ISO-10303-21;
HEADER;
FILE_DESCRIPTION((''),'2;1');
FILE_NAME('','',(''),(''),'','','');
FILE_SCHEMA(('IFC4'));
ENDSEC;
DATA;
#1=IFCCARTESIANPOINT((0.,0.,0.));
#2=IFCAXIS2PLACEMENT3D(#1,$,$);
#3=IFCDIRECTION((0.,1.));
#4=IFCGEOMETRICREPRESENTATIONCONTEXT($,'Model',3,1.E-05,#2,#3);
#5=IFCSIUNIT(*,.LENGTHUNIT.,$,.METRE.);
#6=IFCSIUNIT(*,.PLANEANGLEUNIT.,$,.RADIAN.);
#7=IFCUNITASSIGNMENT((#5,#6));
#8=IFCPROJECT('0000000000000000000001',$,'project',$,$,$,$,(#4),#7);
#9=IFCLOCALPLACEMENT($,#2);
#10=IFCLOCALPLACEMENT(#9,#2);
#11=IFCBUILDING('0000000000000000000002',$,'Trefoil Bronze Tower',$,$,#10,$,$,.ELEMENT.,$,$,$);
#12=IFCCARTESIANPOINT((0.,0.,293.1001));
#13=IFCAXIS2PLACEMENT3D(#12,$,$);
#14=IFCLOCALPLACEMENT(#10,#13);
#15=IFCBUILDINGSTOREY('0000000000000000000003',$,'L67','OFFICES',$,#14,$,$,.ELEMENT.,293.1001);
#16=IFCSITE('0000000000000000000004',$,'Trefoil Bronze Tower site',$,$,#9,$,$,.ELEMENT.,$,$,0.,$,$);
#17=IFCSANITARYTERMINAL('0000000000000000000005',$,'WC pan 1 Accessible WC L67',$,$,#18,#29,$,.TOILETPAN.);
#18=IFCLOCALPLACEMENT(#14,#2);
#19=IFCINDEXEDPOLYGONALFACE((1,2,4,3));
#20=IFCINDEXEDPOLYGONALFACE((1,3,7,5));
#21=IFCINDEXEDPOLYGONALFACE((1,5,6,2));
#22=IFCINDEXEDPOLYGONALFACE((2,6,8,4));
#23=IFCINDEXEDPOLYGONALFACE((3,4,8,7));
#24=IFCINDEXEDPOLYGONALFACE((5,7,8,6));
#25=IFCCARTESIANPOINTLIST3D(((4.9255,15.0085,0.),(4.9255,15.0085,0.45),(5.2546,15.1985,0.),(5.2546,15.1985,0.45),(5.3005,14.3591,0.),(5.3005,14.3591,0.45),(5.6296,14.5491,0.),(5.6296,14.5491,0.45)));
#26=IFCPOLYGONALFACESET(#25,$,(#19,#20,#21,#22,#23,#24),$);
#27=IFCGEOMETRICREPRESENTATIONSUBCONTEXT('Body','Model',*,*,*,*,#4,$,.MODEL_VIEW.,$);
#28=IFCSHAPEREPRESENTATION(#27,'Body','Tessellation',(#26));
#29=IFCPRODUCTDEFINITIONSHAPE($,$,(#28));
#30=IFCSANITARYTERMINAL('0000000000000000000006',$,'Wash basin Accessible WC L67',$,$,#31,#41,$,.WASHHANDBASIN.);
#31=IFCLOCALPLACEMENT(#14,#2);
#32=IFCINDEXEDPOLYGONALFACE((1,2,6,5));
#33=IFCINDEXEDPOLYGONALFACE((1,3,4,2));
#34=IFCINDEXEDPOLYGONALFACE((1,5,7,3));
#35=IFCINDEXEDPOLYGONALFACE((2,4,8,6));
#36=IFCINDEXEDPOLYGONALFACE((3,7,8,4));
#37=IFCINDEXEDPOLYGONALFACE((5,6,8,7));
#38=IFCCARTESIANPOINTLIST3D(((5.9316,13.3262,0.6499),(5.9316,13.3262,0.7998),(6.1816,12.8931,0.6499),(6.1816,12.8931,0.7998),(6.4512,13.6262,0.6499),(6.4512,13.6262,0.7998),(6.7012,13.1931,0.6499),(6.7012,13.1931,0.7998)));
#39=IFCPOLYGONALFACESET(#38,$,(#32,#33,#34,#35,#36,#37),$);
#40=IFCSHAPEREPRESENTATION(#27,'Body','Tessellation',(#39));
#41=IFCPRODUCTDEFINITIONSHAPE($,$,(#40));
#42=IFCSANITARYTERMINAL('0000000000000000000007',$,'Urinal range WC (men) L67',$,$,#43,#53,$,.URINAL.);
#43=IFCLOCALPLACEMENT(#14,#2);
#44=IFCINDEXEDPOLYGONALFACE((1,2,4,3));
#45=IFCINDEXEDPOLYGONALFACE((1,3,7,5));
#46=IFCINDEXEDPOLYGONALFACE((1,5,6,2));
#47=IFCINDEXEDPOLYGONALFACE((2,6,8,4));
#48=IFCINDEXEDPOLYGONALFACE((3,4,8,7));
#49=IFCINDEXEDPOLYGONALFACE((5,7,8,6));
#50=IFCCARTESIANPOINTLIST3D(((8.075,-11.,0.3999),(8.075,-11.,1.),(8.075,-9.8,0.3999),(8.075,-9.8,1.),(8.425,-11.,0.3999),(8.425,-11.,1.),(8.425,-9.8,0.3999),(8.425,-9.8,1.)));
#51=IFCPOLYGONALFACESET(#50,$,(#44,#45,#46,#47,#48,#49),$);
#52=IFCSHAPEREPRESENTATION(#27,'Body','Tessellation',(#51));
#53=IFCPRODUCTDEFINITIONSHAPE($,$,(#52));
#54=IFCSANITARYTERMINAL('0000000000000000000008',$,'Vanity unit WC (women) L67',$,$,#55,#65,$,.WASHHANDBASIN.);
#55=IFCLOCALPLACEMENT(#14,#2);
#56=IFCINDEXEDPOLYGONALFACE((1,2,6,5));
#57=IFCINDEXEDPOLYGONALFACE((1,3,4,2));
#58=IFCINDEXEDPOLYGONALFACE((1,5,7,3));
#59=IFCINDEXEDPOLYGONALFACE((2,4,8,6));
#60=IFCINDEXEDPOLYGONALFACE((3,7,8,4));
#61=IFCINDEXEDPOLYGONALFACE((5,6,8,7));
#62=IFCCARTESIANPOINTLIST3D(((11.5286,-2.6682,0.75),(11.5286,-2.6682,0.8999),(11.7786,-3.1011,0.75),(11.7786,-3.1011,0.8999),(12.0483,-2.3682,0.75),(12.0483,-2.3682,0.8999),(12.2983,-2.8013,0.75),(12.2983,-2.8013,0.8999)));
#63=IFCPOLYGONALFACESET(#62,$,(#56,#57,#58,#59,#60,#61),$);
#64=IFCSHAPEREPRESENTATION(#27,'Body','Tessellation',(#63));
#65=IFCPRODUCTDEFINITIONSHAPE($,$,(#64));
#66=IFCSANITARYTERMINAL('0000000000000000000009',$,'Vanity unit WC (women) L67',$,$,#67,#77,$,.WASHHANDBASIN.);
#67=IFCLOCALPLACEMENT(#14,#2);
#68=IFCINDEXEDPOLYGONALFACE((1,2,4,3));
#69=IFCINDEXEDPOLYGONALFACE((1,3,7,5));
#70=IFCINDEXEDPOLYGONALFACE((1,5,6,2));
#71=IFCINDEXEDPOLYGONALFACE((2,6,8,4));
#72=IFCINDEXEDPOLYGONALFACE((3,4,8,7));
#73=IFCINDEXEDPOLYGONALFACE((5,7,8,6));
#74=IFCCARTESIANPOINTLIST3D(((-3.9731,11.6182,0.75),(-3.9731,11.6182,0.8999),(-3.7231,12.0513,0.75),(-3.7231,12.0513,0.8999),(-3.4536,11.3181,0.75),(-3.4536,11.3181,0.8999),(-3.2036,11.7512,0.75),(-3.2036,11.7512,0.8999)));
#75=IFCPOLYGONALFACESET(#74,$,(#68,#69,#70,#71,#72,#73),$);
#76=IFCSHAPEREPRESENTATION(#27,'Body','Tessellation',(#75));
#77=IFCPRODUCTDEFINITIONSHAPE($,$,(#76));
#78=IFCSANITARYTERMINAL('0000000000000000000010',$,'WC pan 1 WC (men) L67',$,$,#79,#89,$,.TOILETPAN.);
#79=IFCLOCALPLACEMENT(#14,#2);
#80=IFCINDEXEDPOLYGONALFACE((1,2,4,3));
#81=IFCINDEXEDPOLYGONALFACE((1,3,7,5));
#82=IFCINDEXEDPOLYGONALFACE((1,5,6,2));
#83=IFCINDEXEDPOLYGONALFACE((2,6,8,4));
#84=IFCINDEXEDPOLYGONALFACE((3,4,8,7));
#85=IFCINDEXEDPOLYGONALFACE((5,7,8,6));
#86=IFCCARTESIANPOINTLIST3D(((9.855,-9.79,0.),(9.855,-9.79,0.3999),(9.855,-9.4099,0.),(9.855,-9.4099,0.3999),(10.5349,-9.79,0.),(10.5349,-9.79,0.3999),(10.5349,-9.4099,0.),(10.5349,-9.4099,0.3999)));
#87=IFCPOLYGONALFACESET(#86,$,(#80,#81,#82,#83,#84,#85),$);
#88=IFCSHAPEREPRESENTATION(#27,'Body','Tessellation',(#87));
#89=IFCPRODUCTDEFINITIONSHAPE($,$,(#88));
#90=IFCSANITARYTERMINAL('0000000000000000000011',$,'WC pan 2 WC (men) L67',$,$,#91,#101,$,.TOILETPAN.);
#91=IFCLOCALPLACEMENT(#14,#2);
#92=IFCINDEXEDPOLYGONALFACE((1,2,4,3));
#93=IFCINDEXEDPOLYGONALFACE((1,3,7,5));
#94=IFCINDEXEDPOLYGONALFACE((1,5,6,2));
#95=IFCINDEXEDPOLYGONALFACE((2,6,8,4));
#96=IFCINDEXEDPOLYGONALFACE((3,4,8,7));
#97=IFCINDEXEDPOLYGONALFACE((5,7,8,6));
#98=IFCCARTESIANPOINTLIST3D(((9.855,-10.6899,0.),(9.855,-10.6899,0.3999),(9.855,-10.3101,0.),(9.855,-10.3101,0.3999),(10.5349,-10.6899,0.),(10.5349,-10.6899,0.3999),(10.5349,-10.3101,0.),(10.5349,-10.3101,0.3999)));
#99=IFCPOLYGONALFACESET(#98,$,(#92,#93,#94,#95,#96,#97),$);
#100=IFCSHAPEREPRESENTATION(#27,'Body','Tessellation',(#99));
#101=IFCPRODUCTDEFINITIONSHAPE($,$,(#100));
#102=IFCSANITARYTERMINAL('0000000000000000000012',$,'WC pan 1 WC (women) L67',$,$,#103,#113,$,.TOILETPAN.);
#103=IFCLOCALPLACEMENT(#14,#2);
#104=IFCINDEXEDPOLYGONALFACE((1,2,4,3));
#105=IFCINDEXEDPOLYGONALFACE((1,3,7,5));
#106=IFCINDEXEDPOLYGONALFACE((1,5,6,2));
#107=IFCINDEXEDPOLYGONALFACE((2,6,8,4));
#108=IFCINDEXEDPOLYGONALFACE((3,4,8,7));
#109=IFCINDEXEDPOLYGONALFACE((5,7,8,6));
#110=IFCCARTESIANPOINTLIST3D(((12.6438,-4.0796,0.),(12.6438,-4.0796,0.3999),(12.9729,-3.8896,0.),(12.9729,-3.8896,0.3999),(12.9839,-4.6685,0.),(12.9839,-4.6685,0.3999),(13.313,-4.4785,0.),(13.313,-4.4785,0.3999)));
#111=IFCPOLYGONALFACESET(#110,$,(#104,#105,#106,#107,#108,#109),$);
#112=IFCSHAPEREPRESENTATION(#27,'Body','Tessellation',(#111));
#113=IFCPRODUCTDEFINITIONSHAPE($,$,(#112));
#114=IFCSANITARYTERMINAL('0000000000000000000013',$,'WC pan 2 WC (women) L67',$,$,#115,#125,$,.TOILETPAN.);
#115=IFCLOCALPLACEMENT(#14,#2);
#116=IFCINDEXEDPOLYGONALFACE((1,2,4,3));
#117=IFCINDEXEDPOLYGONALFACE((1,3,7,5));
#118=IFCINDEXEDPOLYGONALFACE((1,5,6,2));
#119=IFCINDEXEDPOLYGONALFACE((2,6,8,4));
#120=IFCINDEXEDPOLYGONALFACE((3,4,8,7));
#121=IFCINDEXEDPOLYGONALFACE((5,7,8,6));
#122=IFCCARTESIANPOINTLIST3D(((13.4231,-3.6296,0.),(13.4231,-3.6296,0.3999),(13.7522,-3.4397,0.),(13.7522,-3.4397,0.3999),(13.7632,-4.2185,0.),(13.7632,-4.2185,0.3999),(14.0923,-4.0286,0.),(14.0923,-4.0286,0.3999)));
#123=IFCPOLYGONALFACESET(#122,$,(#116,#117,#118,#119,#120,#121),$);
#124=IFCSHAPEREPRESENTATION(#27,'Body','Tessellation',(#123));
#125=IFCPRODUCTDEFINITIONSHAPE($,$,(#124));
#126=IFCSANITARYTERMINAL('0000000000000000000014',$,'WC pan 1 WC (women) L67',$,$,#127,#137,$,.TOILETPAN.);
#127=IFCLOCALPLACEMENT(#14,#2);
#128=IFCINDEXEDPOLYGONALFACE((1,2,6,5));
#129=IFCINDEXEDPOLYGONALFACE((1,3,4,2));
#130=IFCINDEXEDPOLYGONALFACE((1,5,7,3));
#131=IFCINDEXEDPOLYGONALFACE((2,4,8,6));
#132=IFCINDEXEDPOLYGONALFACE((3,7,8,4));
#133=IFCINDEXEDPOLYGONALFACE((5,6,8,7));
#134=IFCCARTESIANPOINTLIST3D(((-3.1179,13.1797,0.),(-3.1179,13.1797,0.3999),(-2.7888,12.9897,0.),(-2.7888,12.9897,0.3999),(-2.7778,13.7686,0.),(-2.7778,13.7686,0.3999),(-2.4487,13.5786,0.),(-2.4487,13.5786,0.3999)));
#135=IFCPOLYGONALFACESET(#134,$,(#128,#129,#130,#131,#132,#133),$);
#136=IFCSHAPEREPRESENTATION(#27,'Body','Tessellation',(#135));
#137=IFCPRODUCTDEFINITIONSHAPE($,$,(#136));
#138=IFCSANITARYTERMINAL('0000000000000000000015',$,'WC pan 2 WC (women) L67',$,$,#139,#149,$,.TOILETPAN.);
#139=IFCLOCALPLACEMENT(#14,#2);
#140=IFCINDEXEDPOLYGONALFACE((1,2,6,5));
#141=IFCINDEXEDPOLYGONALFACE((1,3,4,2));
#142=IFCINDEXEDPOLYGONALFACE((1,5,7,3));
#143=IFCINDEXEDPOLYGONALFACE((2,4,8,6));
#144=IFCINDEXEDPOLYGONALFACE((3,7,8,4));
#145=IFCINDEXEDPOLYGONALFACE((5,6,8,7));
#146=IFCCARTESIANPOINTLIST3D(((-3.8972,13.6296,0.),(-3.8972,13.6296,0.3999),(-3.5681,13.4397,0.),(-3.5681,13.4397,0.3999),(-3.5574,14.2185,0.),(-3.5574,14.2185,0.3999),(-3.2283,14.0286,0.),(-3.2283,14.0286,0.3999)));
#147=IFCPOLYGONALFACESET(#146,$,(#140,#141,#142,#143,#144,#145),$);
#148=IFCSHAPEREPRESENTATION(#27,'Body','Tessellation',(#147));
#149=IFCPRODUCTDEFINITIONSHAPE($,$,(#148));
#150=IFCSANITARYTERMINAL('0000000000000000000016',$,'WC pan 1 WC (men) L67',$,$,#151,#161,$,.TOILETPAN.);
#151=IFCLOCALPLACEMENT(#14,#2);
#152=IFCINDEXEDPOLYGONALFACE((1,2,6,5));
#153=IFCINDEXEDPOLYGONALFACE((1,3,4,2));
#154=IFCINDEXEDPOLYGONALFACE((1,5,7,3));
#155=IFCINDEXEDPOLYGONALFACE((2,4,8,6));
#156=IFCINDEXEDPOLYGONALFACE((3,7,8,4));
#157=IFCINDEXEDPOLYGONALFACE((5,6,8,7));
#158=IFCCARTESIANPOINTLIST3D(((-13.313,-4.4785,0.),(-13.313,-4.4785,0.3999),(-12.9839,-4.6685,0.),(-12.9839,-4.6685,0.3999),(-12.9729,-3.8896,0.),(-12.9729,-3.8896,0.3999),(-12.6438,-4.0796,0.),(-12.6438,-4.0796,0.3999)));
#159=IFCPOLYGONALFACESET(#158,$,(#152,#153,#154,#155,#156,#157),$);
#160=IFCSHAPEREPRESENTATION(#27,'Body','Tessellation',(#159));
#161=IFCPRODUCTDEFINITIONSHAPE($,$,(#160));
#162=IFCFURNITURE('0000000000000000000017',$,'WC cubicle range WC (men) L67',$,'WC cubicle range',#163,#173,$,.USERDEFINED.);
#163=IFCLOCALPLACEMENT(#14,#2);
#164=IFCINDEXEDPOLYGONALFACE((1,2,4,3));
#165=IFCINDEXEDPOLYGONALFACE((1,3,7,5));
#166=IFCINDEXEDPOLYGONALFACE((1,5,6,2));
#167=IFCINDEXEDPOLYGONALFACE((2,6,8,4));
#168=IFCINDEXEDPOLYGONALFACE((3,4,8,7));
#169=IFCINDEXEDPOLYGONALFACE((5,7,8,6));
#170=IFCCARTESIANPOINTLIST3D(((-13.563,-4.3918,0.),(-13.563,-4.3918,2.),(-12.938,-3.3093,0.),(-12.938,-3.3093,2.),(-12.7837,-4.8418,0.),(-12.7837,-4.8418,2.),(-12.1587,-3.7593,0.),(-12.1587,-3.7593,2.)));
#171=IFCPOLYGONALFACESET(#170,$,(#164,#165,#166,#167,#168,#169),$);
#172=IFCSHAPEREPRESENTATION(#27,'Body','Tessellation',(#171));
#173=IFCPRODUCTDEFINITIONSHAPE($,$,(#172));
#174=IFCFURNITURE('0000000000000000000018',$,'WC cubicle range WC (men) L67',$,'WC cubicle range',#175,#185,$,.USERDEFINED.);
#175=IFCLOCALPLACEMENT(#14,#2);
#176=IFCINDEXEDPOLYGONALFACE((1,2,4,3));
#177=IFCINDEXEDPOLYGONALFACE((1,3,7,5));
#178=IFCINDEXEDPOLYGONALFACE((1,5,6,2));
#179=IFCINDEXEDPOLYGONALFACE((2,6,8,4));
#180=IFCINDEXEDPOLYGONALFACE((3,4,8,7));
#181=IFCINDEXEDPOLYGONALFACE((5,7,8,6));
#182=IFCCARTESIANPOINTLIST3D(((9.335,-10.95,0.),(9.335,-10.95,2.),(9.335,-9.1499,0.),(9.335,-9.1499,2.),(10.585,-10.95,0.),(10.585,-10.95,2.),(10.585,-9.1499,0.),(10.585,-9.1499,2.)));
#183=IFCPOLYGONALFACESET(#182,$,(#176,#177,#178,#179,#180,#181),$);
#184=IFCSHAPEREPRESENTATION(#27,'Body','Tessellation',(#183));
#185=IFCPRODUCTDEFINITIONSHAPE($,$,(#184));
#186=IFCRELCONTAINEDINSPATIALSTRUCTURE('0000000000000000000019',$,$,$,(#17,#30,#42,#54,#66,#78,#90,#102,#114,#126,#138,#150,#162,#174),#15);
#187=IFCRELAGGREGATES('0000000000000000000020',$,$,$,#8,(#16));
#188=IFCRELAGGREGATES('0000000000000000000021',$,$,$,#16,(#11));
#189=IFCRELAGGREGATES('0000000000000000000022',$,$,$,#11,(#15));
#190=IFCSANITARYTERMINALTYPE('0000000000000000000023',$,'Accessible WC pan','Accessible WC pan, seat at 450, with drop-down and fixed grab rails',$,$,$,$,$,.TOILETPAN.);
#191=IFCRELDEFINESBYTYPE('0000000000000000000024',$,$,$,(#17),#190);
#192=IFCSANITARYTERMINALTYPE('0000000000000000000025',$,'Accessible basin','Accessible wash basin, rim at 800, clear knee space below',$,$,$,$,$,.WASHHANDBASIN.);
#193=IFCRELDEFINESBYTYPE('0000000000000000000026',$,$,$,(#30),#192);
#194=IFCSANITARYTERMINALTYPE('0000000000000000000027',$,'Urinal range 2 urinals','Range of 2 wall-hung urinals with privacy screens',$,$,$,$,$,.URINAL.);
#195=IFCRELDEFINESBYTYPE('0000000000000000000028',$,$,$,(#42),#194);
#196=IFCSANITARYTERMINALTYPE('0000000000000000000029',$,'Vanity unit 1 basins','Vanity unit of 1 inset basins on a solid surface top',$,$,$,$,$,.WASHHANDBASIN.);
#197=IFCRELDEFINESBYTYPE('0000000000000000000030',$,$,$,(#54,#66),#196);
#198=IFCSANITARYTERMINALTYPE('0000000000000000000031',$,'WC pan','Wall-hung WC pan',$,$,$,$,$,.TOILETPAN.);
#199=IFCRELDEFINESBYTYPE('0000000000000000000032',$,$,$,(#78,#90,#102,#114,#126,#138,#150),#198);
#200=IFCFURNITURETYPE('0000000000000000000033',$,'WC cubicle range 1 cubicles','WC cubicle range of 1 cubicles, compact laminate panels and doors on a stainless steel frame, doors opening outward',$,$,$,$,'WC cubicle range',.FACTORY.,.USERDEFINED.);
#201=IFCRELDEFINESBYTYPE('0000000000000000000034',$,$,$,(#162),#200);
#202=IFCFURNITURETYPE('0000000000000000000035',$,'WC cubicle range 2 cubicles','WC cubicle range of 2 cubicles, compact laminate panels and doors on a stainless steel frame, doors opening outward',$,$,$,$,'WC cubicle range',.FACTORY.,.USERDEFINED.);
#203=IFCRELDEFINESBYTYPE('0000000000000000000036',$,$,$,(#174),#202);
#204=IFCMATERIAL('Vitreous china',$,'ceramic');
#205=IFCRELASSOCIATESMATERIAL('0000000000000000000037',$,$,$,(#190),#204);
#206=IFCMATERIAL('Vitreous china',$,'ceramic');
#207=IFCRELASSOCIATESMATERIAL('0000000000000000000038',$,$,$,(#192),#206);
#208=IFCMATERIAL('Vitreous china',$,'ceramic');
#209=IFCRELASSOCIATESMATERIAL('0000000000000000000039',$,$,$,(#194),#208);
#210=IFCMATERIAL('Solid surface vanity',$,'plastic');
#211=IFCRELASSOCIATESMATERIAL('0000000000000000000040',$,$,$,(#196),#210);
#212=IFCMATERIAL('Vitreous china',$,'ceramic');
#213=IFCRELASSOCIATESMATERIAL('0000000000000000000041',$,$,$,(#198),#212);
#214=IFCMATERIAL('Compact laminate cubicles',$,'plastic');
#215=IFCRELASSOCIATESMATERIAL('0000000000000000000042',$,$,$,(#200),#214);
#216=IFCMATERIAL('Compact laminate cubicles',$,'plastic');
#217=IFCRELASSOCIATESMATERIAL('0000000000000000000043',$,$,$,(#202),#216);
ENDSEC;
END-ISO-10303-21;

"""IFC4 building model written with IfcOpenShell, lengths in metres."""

from ifc_helpers import new_model, si_unit, direction, frame, origin, place, context, subcontext, project, spatial, polyline, outline, extrude, material, type_object, element, save


model = new_model("IFC4")

# Units and contexts
model_context = context("Model", 3, precision=1e-05, world=origin(), true_north=direction((0.0, 1.0)))
body_context = subcontext(model_context, "Body", "Model", "MODEL_VIEW")
ifc_project = project(units=[si_unit("LENGTHUNIT", "METRE"), si_unit("PLANEANGLEUNIT", "RADIAN")], contexts=[model_context])

# Site, building, storey
site_placement = place(None, origin())
site = spatial("IfcSite", under=ifc_project, at=site_placement, Name="Trefoil Bronze Tower site", CompositionType="ELEMENT", RefElevation=0.0)
building_placement = place(site_placement, origin())
building = spatial("IfcBuilding", under=site, at=building_placement, Name="Trefoil Bronze Tower", CompositionType="ELEMENT")
storey_placement = place(building_placement, frame((0.0, 0.0, 293.1001)))
storey = spatial("IfcBuildingStorey", under=building, at=storey_placement, Name="L67", Description="OFFICES", CompositionType="ELEMENT", Elevation=293.1001)

# Sanitary terminals
ifc_material_1 = material(Name="Vitreous china", Category="ceramic")
sanitary_terminal_type_1 = type_object("IfcSanitaryTerminalType", Name="Accessible WC pan", Description="Accessible WC pan, seat at 450, with drop-down and fixed grab rails", PredefinedType="TOILETPAN", material=ifc_material_1)
sanitary_terminal_1_placement = place(storey_placement, origin())
element("IfcSanitaryTerminal", 1, at=sanitary_terminal_1_placement, inside=storey, type_object=sanitary_terminal_type_1, Name="WC pan 1 Accessible WC L67", PredefinedType="TOILETPAN", context=body_context, shape_type="SweptSolid", body=[
    extrude(outline(polyline([(5.3005, 14.3591), (4.9255, 15.0085), (5.2546, 15.1985), (5.6296, 14.5491), (5.3005, 14.3591)])), origin(), (0.0, 0.0, 1.0), 0.45),
])
ifc_material_2 = material(Name="Vitreous china", Category="ceramic")
sanitary_terminal_type_2 = type_object("IfcSanitaryTerminalType", Name="Accessible basin", Description="Accessible wash basin, rim at 800, clear knee space below", PredefinedType="WASHHANDBASIN", material=ifc_material_2)
sanitary_terminal_2_placement = place(storey_placement, frame((0.0, 0.0, 0.6499)))
element("IfcSanitaryTerminal", 2, at=sanitary_terminal_2_placement, inside=storey, type_object=sanitary_terminal_type_2, Name="Wash basin Accessible WC L67", PredefinedType="WASHHANDBASIN", context=body_context, shape_type="SweptSolid", body=[
    extrude(outline(polyline([(6.1816, 12.8931), (5.9316, 13.3262), (6.4512, 13.6262), (6.7012, 13.1931), (6.1816, 12.8931)])), origin(), (0.0, 0.0, 1.0), 0.1499),
])
ifc_material_3 = material(Name="Vitreous china", Category="ceramic")
sanitary_terminal_type_3 = type_object("IfcSanitaryTerminalType", Name="Urinal range 2 urinals", Description="Range of 2 wall-hung urinals with privacy screens", PredefinedType="URINAL", material=ifc_material_3)
sanitary_terminal_3_placement = place(storey_placement, frame((0.0, 0.0, 0.3999)))
element("IfcSanitaryTerminal", 3, at=sanitary_terminal_3_placement, inside=storey, type_object=sanitary_terminal_type_3, Name="Urinal range WC (men) L67", PredefinedType="URINAL", context=body_context, shape_type="SweptSolid", body=[
    extrude(outline(polyline([(8.075, -9.8), (8.425, -9.8), (8.425, -11.0), (8.075, -11.0), (8.075, -9.8)])), origin(), (0.0, 0.0, 1.0), 0.6001),
])
ifc_material_4 = material(Name="Solid surface vanity", Category="plastic")
sanitary_terminal_type_4 = type_object("IfcSanitaryTerminalType", Name="Vanity unit 1 basins", Description="Vanity unit of 1 inset basins on a solid surface top", PredefinedType="WASHHANDBASIN", material=ifc_material_4)
sanitary_terminal_4_placement = place(storey_placement, frame((0.0, 0.0, 0.75)))
element("IfcSanitaryTerminal", 4, at=sanitary_terminal_4_placement, inside=storey, type_object=sanitary_terminal_type_4, Name="Vanity unit WC (women) L67", PredefinedType="WASHHANDBASIN", context=body_context, shape_type="SweptSolid", body=[
    extrude(outline(polyline([(11.5286, -2.6682), (11.7786, -3.1011), (12.2983, -2.8013), (12.0483, -2.3682), (11.5286, -2.6682)])), origin(), (0.0, 0.0, 1.0), 0.1499),
])
sanitary_terminal_5_placement = place(storey_placement, frame((0.0, 0.0, 0.75)))
element("IfcSanitaryTerminal", 5, at=sanitary_terminal_5_placement, inside=storey, type_object=sanitary_terminal_type_4, Name="Vanity unit WC (women) L67", PredefinedType="WASHHANDBASIN", context=body_context, shape_type="SweptSolid", body=[
    extrude(outline(polyline([(-3.4536, 11.3181), (-3.2036, 11.7512), (-3.7231, 12.0513), (-3.9731, 11.6182), (-3.4536, 11.3181)])), origin(), (0.0, 0.0, 1.0), 0.1499),
])
ifc_material_5 = material(Name="Vitreous china", Category="ceramic")
sanitary_terminal_type_5 = type_object("IfcSanitaryTerminalType", Name="WC pan", Description="Wall-hung WC pan", PredefinedType="TOILETPAN", material=ifc_material_5)
sanitary_terminal_6_placement = place(storey_placement, origin())
element("IfcSanitaryTerminal", 6, at=sanitary_terminal_6_placement, inside=storey, type_object=sanitary_terminal_type_5, Name="WC pan 1 WC (men) L67", PredefinedType="TOILETPAN", context=body_context, shape_type="SweptSolid", body=[
    extrude(outline(polyline([(9.855, -9.4099), (10.5349, -9.4099), (10.5349, -9.79), (9.855, -9.79), (9.855, -9.4099)])), origin(), (0.0, 0.0, 1.0), 0.3999),
])
sanitary_terminal_7_placement = place(storey_placement, origin())
element("IfcSanitaryTerminal", 7, at=sanitary_terminal_7_placement, inside=storey, type_object=sanitary_terminal_type_5, Name="WC pan 2 WC (men) L67", PredefinedType="TOILETPAN", context=body_context, shape_type="SweptSolid", body=[
    extrude(outline(polyline([(9.855, -10.3101), (10.5349, -10.3101), (10.5349, -10.6899), (9.855, -10.6899), (9.855, -10.3101)])), origin(), (0.0, 0.0, 1.0), 0.3999),
])
sanitary_terminal_8_placement = place(storey_placement, origin())
element("IfcSanitaryTerminal", 8, at=sanitary_terminal_8_placement, inside=storey, type_object=sanitary_terminal_type_5, Name="WC pan 1 WC (women) L67", PredefinedType="TOILETPAN", context=body_context, shape_type="SweptSolid", body=[
    extrude(outline(polyline([(12.6438, -4.0796), (12.9839, -4.6685), (13.313, -4.4785), (12.9729, -3.8896), (12.6438, -4.0796)])), origin(), (0.0, 0.0, 1.0), 0.3999),
])
sanitary_terminal_9_placement = place(storey_placement, origin())
element("IfcSanitaryTerminal", 9, at=sanitary_terminal_9_placement, inside=storey, type_object=sanitary_terminal_type_5, Name="WC pan 2 WC (women) L67", PredefinedType="TOILETPAN", context=body_context, shape_type="SweptSolid", body=[
    extrude(outline(polyline([(13.4231, -3.6296), (13.7632, -4.2185), (14.0923, -4.0286), (13.7522, -3.4397), (13.4231, -3.6296)])), origin(), (0.0, 0.0, 1.0), 0.3999),
])
sanitary_terminal_10_placement = place(storey_placement, origin())
element("IfcSanitaryTerminal", 10, at=sanitary_terminal_10_placement, inside=storey, type_object=sanitary_terminal_type_5, Name="WC pan 1 WC (women) L67", PredefinedType="TOILETPAN", context=body_context, shape_type="SweptSolid", body=[
    extrude(outline(polyline([(-2.7888, 12.9897), (-2.4487, 13.5786), (-2.7778, 13.7686), (-3.1179, 13.1797), (-2.7888, 12.9897)])), origin(), (0.0, 0.0, 1.0), 0.3999),
])
sanitary_terminal_11_placement = place(storey_placement, origin())
element("IfcSanitaryTerminal", 11, at=sanitary_terminal_11_placement, inside=storey, type_object=sanitary_terminal_type_5, Name="WC pan 2 WC (women) L67", PredefinedType="TOILETPAN", context=body_context, shape_type="SweptSolid", body=[
    extrude(outline(polyline([(-3.5681, 13.4397), (-3.2283, 14.0286), (-3.5574, 14.2185), (-3.8972, 13.6296), (-3.5681, 13.4397)])), origin(), (0.0, 0.0, 1.0), 0.3999),
])
sanitary_terminal_12_placement = place(storey_placement, origin())
element("IfcSanitaryTerminal", 12, at=sanitary_terminal_12_placement, inside=storey, type_object=sanitary_terminal_type_5, Name="WC pan 1 WC (men) L67", PredefinedType="TOILETPAN", context=body_context, shape_type="SweptSolid", body=[
    extrude(outline(polyline([(-12.6438, -4.0796), (-12.9839, -4.6685), (-13.313, -4.4785), (-12.9729, -3.8896), (-12.6438, -4.0796)])), origin(), (0.0, 0.0, 1.0), 0.3999),
])

# Furniture
ifc_material_6 = material(Name="Compact laminate cubicles", Category="plastic")
furniture_type_1 = type_object("IfcFurnitureType", Name="WC cubicle range 1 cubicles", Description="WC cubicle range of 1 cubicles, compact laminate panels and doors on a stainless steel frame, doors opening outward", ElementType="WC cubicle range", AssemblyPlace="FACTORY", PredefinedType="USERDEFINED", material=ifc_material_6)
furniture_1_placement = place(storey_placement, origin())
element("IfcFurniture", 13, at=furniture_1_placement, inside=storey, type_object=furniture_type_1, Name="WC cubicle range WC (men) L67", ObjectType="WC cubicle range", PredefinedType="USERDEFINED", context=body_context, shape_type="SweptSolid", body=[
    extrude(outline(polyline([(-12.1587, -3.7593), (-12.7837, -4.8418), (-13.563, -4.3918), (-12.938, -3.3093), (-12.1587, -3.7593)])), origin(), (0.0, 0.0, 1.0), 2.0),
])
ifc_material_7 = material(Name="Compact laminate cubicles", Category="plastic")
furniture_type_2 = type_object("IfcFurnitureType", Name="WC cubicle range 2 cubicles", Description="WC cubicle range of 2 cubicles, compact laminate panels and doors on a stainless steel frame, doors opening outward", ElementType="WC cubicle range", AssemblyPlace="FACTORY", PredefinedType="USERDEFINED", material=ifc_material_7)
furniture_2_placement = place(storey_placement, origin())
element("IfcFurniture", 14, at=furniture_2_placement, inside=storey, type_object=furniture_type_2, Name="WC cubicle range WC (men) L67", ObjectType="WC cubicle range", PredefinedType="USERDEFINED", context=body_context, shape_type="SweptSolid", body=[
    extrude(outline(polyline([(9.335, -9.1499), (10.585, -9.1499), (10.585, -10.95), (9.335, -10.95), (9.335, -9.1499)])), origin(), (0.0, 0.0, 1.0), 2.0),
])

save(model, "model.ifc")
